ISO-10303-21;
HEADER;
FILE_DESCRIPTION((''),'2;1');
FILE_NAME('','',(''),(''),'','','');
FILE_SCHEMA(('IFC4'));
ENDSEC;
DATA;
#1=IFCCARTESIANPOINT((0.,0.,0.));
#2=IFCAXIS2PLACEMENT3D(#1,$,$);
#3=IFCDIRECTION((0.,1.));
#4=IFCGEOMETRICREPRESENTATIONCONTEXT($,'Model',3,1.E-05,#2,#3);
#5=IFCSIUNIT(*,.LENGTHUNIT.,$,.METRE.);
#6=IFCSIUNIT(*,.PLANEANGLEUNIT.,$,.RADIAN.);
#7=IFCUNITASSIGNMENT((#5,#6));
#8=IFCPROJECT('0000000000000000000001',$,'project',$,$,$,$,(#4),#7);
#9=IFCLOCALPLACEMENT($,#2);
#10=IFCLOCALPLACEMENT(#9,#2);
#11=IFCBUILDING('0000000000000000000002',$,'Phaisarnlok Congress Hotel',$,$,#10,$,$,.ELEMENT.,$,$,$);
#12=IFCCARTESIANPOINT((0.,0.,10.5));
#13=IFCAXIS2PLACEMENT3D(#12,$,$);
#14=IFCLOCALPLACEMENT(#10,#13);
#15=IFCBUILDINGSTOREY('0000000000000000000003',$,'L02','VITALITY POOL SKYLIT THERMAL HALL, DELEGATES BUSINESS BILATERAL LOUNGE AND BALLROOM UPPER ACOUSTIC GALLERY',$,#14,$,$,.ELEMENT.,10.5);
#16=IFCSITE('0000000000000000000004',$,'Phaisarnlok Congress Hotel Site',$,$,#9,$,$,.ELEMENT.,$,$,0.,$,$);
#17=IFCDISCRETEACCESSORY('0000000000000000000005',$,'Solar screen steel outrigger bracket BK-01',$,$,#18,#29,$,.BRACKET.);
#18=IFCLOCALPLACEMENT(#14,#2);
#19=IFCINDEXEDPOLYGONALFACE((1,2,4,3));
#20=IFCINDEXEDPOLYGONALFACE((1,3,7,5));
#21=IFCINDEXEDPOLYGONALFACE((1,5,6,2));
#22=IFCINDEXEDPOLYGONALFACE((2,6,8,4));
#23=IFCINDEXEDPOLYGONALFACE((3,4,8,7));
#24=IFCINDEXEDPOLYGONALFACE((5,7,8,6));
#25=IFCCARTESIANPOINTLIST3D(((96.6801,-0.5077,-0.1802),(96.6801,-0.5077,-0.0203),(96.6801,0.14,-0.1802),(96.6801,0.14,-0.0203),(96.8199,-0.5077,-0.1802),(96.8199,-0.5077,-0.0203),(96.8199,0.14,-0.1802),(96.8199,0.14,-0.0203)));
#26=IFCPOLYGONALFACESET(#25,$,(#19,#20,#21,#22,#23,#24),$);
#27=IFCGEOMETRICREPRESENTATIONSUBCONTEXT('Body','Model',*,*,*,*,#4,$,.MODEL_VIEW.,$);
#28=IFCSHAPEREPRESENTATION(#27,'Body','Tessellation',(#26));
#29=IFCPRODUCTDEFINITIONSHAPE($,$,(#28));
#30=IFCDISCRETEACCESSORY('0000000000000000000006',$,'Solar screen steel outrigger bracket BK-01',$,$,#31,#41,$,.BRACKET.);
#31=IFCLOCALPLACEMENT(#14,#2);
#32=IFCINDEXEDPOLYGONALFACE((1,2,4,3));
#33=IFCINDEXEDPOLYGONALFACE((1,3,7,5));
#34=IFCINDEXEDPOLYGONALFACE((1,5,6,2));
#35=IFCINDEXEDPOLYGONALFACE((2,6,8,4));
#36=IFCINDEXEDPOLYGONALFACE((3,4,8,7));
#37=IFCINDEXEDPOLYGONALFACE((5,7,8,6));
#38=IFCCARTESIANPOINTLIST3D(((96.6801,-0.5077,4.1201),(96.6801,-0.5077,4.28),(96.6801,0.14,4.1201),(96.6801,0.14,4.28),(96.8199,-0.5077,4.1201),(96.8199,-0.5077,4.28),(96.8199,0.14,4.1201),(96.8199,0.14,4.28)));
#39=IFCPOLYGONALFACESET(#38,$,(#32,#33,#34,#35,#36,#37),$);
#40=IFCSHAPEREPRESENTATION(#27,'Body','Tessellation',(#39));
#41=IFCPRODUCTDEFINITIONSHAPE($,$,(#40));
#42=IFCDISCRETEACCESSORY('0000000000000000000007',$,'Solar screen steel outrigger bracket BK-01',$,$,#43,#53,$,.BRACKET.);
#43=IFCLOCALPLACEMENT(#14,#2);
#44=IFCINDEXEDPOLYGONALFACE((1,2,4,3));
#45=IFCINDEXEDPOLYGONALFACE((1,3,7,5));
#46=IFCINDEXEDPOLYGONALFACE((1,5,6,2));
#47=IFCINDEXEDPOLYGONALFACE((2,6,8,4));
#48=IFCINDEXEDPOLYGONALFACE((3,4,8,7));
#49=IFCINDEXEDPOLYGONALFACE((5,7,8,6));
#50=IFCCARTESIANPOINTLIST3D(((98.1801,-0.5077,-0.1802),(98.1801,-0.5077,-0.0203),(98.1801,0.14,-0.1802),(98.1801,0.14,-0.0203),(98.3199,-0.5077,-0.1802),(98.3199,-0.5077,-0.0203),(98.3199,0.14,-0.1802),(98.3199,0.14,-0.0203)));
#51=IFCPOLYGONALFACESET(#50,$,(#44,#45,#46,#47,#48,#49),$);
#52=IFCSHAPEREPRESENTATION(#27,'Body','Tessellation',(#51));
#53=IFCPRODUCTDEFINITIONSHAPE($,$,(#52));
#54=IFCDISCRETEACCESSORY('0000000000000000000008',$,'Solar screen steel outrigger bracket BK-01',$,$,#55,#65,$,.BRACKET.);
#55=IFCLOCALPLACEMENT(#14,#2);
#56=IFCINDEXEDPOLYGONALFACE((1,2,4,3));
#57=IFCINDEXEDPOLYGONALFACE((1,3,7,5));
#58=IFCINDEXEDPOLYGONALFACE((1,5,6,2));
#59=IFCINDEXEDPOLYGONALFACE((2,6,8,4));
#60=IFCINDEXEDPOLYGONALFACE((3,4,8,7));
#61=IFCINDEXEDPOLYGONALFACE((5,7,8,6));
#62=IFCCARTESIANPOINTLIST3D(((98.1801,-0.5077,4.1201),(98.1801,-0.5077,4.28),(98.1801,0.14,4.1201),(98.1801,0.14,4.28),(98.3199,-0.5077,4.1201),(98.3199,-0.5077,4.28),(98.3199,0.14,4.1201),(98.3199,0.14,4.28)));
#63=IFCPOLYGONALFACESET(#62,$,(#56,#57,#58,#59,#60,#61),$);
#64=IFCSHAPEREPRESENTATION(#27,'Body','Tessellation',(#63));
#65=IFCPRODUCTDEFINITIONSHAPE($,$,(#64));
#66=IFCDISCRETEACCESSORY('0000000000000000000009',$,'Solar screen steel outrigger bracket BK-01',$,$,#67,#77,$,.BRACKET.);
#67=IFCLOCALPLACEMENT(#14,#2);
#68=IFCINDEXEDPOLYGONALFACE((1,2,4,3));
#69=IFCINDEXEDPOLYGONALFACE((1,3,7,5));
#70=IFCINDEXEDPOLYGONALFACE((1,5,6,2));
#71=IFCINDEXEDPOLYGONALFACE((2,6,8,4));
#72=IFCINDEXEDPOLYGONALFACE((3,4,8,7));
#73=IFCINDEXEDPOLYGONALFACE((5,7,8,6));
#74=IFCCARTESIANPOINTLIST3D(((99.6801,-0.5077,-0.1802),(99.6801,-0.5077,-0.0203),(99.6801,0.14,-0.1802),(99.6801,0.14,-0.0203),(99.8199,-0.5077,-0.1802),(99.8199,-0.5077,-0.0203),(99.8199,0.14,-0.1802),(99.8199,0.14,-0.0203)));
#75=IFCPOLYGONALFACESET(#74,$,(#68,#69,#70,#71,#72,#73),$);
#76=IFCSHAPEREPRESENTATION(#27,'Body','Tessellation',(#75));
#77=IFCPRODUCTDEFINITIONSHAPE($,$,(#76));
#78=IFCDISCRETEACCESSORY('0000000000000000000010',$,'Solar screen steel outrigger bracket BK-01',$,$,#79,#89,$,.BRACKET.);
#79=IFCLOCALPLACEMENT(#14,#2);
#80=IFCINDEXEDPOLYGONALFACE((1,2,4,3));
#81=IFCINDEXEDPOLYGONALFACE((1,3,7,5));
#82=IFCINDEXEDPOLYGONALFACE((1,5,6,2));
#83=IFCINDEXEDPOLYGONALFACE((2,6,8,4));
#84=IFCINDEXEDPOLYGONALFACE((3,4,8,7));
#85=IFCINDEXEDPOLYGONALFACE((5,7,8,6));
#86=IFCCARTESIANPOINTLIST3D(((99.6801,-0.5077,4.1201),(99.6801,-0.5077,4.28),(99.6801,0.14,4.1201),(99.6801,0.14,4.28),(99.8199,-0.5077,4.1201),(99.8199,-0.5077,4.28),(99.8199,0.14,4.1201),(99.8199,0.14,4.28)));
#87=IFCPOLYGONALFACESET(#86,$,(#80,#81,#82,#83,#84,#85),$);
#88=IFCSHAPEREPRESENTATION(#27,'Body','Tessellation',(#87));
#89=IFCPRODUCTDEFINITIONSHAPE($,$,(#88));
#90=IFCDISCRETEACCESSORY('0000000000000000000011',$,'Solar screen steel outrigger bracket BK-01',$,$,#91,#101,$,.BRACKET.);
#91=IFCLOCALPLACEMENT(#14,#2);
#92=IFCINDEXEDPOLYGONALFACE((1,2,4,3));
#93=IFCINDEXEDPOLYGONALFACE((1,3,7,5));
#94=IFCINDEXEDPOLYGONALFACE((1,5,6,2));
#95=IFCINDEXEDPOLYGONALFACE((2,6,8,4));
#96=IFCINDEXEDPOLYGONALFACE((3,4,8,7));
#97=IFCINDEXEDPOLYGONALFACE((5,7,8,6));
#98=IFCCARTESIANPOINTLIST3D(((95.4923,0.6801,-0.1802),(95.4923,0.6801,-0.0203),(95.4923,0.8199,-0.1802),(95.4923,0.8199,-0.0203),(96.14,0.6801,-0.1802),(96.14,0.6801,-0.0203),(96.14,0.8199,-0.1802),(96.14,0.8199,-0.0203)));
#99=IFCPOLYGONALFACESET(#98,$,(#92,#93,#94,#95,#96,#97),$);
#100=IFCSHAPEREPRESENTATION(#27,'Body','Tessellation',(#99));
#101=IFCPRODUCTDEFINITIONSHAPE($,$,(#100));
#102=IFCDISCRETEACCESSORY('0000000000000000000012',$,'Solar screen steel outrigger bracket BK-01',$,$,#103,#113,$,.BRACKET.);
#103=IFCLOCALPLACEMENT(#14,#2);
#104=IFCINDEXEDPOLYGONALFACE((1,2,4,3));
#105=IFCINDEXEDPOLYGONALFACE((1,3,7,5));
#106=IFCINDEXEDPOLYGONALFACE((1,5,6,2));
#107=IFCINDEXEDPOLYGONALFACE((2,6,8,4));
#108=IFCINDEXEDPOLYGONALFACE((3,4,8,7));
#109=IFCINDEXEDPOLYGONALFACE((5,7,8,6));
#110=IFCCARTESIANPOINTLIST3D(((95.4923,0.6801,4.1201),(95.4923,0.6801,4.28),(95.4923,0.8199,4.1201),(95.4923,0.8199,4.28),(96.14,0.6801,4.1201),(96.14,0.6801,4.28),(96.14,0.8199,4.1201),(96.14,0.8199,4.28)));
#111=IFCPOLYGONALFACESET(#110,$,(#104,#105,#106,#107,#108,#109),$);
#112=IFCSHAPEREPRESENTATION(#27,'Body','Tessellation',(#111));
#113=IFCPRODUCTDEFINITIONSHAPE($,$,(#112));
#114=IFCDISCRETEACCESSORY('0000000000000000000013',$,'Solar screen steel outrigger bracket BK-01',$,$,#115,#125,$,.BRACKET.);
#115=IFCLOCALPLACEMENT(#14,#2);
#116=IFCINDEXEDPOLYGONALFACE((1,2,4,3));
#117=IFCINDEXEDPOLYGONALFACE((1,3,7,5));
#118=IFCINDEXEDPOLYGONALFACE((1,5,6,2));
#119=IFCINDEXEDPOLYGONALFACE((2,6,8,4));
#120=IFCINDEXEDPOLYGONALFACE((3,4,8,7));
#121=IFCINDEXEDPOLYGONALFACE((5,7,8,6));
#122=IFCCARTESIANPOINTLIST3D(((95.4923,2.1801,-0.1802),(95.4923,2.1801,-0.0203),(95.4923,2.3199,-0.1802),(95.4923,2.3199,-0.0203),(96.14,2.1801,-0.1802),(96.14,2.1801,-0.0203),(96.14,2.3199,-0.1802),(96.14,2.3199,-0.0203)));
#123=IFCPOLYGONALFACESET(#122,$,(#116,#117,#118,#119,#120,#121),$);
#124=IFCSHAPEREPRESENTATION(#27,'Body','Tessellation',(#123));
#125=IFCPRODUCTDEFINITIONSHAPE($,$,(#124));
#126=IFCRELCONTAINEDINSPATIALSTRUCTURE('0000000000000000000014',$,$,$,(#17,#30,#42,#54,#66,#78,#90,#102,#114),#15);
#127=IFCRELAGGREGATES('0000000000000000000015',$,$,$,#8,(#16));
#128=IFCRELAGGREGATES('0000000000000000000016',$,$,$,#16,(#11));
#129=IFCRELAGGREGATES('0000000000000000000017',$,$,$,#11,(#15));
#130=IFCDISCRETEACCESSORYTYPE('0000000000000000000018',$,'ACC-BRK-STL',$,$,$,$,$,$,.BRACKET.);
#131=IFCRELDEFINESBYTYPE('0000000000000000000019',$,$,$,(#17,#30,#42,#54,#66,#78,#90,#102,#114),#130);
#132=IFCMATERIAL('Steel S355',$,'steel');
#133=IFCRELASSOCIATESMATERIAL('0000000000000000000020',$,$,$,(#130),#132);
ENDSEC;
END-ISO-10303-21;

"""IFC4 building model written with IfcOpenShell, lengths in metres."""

from ifc_helpers import new_model, si_unit, direction, frame, origin, origin_2d, place, context, subcontext, project, spatial, rectangle, extrude, material, type_object, element, save


model = new_model("IFC4")

# Units and contexts
model_context = context("Model", 3, precision=1e-05, world=origin(), true_north=direction((0.0, 1.0)))
body_context = subcontext(model_context, "Body", "Model", "MODEL_VIEW")
ifc_project = project(units=[si_unit("LENGTHUNIT", "METRE"), si_unit("PLANEANGLEUNIT", "RADIAN")], contexts=[model_context])

# Site, building, storey
site_placement = place(None, origin())
site = spatial("IfcSite", under=ifc_project, at=site_placement, Name="Phaisarnlok Congress Hotel Site", CompositionType="ELEMENT", RefElevation=0.0)
building_placement = place(site_placement, origin())
building = spatial("IfcBuilding", under=site, at=building_placement, Name="Phaisarnlok Congress Hotel", CompositionType="ELEMENT")
storey_placement = place(building_placement, frame((0.0, 0.0, 10.5)))
storey = spatial("IfcBuildingStorey", under=building, at=storey_placement, Name="L02", Description="VITALITY POOL SKYLIT THERMAL HALL, DELEGATES BUSINESS BILATERAL LOUNGE AND BALLROOM UPPER ACOUSTIC GALLERY", CompositionType="ELEMENT", Elevation=10.5)

# Shared definitions
ifc_material_1 = material(Name="Steel S355", Category="steel")

# Discrete accessories
discrete_accessory_type = type_object("IfcDiscreteAccessoryType", Name="ACC-BRK-STL", PredefinedType="BRACKET", material=ifc_material_1)
for number, where, z_axis, x_axis, name in (
    (1, (96.75, -0.1838, -0.1802), (0.0, 0.0, 1.0), (1.0, 0.0, 0.0), "Solar screen steel outrigger bracket BK-01"),
    (2, (96.75, -0.1838, 4.1201), (0.0, 0.0, 1.0), (1.0, 0.0, 0.0), "Solar screen steel outrigger bracket BK-01"),
    (3, (98.25, -0.1838, -0.1802), (0.0, 0.0, 1.0), (1.0, 0.0, 0.0), "Solar screen steel outrigger bracket BK-01"),
    (4, (98.25, -0.1838, 4.1201), (0.0, 0.0, 1.0), (1.0, 0.0, 0.0), "Solar screen steel outrigger bracket BK-01"),
    (5, (99.75, -0.1838, -0.1802), (0.0, 0.0, 1.0), (1.0, 0.0, 0.0), "Solar screen steel outrigger bracket BK-01"),
    (6, (99.75, -0.1838, 4.1201), (0.0, 0.0, 1.0), (1.0, 0.0, 0.0), "Solar screen steel outrigger bracket BK-01"),
):
    element("IfcDiscreteAccessory", number, at=place(storey_placement, frame(where, z_axis=z_axis, x_axis=x_axis)), inside=storey, type_object=discrete_accessory_type, Name=name, PredefinedType="BRACKET", context=body_context, shape_type="SweptSolid", body=[
        extrude(rectangle(XDim=0.1399, YDim=0.6477, at=origin_2d()), origin(), (0.0, 0.0, 1.0), 0.1599),
    ])
for number, where, z_axis, x_axis, name in (
    (7, (95.8162, 0.75, -0.1802), (0.0, 0.0, 1.0), (1.0, 0.0, 0.0), "Solar screen steel outrigger bracket BK-01"),
    (8, (95.8162, 0.75, 4.1201), (0.0, 0.0, 1.0), (1.0, 0.0, 0.0), "Solar screen steel outrigger bracket BK-01"),
    (9, (95.8162, 2.25, -0.1802), (0.0, 0.0, 1.0), (1.0, 0.0, 0.0), "Solar screen steel outrigger bracket BK-01"),
):
    element("IfcDiscreteAccessory", number, at=place(storey_placement, frame(where, z_axis=z_axis, x_axis=x_axis)), inside=storey, type_object=discrete_accessory_type, Name=name, PredefinedType="BRACKET", context=body_context, shape_type="SweptSolid", body=[
        extrude(rectangle(XDim=0.6477, YDim=0.1399, at=origin_2d()), origin(), (0.0, 0.0, 1.0), 0.1599),
    ])

save(model, "model.ifc")
